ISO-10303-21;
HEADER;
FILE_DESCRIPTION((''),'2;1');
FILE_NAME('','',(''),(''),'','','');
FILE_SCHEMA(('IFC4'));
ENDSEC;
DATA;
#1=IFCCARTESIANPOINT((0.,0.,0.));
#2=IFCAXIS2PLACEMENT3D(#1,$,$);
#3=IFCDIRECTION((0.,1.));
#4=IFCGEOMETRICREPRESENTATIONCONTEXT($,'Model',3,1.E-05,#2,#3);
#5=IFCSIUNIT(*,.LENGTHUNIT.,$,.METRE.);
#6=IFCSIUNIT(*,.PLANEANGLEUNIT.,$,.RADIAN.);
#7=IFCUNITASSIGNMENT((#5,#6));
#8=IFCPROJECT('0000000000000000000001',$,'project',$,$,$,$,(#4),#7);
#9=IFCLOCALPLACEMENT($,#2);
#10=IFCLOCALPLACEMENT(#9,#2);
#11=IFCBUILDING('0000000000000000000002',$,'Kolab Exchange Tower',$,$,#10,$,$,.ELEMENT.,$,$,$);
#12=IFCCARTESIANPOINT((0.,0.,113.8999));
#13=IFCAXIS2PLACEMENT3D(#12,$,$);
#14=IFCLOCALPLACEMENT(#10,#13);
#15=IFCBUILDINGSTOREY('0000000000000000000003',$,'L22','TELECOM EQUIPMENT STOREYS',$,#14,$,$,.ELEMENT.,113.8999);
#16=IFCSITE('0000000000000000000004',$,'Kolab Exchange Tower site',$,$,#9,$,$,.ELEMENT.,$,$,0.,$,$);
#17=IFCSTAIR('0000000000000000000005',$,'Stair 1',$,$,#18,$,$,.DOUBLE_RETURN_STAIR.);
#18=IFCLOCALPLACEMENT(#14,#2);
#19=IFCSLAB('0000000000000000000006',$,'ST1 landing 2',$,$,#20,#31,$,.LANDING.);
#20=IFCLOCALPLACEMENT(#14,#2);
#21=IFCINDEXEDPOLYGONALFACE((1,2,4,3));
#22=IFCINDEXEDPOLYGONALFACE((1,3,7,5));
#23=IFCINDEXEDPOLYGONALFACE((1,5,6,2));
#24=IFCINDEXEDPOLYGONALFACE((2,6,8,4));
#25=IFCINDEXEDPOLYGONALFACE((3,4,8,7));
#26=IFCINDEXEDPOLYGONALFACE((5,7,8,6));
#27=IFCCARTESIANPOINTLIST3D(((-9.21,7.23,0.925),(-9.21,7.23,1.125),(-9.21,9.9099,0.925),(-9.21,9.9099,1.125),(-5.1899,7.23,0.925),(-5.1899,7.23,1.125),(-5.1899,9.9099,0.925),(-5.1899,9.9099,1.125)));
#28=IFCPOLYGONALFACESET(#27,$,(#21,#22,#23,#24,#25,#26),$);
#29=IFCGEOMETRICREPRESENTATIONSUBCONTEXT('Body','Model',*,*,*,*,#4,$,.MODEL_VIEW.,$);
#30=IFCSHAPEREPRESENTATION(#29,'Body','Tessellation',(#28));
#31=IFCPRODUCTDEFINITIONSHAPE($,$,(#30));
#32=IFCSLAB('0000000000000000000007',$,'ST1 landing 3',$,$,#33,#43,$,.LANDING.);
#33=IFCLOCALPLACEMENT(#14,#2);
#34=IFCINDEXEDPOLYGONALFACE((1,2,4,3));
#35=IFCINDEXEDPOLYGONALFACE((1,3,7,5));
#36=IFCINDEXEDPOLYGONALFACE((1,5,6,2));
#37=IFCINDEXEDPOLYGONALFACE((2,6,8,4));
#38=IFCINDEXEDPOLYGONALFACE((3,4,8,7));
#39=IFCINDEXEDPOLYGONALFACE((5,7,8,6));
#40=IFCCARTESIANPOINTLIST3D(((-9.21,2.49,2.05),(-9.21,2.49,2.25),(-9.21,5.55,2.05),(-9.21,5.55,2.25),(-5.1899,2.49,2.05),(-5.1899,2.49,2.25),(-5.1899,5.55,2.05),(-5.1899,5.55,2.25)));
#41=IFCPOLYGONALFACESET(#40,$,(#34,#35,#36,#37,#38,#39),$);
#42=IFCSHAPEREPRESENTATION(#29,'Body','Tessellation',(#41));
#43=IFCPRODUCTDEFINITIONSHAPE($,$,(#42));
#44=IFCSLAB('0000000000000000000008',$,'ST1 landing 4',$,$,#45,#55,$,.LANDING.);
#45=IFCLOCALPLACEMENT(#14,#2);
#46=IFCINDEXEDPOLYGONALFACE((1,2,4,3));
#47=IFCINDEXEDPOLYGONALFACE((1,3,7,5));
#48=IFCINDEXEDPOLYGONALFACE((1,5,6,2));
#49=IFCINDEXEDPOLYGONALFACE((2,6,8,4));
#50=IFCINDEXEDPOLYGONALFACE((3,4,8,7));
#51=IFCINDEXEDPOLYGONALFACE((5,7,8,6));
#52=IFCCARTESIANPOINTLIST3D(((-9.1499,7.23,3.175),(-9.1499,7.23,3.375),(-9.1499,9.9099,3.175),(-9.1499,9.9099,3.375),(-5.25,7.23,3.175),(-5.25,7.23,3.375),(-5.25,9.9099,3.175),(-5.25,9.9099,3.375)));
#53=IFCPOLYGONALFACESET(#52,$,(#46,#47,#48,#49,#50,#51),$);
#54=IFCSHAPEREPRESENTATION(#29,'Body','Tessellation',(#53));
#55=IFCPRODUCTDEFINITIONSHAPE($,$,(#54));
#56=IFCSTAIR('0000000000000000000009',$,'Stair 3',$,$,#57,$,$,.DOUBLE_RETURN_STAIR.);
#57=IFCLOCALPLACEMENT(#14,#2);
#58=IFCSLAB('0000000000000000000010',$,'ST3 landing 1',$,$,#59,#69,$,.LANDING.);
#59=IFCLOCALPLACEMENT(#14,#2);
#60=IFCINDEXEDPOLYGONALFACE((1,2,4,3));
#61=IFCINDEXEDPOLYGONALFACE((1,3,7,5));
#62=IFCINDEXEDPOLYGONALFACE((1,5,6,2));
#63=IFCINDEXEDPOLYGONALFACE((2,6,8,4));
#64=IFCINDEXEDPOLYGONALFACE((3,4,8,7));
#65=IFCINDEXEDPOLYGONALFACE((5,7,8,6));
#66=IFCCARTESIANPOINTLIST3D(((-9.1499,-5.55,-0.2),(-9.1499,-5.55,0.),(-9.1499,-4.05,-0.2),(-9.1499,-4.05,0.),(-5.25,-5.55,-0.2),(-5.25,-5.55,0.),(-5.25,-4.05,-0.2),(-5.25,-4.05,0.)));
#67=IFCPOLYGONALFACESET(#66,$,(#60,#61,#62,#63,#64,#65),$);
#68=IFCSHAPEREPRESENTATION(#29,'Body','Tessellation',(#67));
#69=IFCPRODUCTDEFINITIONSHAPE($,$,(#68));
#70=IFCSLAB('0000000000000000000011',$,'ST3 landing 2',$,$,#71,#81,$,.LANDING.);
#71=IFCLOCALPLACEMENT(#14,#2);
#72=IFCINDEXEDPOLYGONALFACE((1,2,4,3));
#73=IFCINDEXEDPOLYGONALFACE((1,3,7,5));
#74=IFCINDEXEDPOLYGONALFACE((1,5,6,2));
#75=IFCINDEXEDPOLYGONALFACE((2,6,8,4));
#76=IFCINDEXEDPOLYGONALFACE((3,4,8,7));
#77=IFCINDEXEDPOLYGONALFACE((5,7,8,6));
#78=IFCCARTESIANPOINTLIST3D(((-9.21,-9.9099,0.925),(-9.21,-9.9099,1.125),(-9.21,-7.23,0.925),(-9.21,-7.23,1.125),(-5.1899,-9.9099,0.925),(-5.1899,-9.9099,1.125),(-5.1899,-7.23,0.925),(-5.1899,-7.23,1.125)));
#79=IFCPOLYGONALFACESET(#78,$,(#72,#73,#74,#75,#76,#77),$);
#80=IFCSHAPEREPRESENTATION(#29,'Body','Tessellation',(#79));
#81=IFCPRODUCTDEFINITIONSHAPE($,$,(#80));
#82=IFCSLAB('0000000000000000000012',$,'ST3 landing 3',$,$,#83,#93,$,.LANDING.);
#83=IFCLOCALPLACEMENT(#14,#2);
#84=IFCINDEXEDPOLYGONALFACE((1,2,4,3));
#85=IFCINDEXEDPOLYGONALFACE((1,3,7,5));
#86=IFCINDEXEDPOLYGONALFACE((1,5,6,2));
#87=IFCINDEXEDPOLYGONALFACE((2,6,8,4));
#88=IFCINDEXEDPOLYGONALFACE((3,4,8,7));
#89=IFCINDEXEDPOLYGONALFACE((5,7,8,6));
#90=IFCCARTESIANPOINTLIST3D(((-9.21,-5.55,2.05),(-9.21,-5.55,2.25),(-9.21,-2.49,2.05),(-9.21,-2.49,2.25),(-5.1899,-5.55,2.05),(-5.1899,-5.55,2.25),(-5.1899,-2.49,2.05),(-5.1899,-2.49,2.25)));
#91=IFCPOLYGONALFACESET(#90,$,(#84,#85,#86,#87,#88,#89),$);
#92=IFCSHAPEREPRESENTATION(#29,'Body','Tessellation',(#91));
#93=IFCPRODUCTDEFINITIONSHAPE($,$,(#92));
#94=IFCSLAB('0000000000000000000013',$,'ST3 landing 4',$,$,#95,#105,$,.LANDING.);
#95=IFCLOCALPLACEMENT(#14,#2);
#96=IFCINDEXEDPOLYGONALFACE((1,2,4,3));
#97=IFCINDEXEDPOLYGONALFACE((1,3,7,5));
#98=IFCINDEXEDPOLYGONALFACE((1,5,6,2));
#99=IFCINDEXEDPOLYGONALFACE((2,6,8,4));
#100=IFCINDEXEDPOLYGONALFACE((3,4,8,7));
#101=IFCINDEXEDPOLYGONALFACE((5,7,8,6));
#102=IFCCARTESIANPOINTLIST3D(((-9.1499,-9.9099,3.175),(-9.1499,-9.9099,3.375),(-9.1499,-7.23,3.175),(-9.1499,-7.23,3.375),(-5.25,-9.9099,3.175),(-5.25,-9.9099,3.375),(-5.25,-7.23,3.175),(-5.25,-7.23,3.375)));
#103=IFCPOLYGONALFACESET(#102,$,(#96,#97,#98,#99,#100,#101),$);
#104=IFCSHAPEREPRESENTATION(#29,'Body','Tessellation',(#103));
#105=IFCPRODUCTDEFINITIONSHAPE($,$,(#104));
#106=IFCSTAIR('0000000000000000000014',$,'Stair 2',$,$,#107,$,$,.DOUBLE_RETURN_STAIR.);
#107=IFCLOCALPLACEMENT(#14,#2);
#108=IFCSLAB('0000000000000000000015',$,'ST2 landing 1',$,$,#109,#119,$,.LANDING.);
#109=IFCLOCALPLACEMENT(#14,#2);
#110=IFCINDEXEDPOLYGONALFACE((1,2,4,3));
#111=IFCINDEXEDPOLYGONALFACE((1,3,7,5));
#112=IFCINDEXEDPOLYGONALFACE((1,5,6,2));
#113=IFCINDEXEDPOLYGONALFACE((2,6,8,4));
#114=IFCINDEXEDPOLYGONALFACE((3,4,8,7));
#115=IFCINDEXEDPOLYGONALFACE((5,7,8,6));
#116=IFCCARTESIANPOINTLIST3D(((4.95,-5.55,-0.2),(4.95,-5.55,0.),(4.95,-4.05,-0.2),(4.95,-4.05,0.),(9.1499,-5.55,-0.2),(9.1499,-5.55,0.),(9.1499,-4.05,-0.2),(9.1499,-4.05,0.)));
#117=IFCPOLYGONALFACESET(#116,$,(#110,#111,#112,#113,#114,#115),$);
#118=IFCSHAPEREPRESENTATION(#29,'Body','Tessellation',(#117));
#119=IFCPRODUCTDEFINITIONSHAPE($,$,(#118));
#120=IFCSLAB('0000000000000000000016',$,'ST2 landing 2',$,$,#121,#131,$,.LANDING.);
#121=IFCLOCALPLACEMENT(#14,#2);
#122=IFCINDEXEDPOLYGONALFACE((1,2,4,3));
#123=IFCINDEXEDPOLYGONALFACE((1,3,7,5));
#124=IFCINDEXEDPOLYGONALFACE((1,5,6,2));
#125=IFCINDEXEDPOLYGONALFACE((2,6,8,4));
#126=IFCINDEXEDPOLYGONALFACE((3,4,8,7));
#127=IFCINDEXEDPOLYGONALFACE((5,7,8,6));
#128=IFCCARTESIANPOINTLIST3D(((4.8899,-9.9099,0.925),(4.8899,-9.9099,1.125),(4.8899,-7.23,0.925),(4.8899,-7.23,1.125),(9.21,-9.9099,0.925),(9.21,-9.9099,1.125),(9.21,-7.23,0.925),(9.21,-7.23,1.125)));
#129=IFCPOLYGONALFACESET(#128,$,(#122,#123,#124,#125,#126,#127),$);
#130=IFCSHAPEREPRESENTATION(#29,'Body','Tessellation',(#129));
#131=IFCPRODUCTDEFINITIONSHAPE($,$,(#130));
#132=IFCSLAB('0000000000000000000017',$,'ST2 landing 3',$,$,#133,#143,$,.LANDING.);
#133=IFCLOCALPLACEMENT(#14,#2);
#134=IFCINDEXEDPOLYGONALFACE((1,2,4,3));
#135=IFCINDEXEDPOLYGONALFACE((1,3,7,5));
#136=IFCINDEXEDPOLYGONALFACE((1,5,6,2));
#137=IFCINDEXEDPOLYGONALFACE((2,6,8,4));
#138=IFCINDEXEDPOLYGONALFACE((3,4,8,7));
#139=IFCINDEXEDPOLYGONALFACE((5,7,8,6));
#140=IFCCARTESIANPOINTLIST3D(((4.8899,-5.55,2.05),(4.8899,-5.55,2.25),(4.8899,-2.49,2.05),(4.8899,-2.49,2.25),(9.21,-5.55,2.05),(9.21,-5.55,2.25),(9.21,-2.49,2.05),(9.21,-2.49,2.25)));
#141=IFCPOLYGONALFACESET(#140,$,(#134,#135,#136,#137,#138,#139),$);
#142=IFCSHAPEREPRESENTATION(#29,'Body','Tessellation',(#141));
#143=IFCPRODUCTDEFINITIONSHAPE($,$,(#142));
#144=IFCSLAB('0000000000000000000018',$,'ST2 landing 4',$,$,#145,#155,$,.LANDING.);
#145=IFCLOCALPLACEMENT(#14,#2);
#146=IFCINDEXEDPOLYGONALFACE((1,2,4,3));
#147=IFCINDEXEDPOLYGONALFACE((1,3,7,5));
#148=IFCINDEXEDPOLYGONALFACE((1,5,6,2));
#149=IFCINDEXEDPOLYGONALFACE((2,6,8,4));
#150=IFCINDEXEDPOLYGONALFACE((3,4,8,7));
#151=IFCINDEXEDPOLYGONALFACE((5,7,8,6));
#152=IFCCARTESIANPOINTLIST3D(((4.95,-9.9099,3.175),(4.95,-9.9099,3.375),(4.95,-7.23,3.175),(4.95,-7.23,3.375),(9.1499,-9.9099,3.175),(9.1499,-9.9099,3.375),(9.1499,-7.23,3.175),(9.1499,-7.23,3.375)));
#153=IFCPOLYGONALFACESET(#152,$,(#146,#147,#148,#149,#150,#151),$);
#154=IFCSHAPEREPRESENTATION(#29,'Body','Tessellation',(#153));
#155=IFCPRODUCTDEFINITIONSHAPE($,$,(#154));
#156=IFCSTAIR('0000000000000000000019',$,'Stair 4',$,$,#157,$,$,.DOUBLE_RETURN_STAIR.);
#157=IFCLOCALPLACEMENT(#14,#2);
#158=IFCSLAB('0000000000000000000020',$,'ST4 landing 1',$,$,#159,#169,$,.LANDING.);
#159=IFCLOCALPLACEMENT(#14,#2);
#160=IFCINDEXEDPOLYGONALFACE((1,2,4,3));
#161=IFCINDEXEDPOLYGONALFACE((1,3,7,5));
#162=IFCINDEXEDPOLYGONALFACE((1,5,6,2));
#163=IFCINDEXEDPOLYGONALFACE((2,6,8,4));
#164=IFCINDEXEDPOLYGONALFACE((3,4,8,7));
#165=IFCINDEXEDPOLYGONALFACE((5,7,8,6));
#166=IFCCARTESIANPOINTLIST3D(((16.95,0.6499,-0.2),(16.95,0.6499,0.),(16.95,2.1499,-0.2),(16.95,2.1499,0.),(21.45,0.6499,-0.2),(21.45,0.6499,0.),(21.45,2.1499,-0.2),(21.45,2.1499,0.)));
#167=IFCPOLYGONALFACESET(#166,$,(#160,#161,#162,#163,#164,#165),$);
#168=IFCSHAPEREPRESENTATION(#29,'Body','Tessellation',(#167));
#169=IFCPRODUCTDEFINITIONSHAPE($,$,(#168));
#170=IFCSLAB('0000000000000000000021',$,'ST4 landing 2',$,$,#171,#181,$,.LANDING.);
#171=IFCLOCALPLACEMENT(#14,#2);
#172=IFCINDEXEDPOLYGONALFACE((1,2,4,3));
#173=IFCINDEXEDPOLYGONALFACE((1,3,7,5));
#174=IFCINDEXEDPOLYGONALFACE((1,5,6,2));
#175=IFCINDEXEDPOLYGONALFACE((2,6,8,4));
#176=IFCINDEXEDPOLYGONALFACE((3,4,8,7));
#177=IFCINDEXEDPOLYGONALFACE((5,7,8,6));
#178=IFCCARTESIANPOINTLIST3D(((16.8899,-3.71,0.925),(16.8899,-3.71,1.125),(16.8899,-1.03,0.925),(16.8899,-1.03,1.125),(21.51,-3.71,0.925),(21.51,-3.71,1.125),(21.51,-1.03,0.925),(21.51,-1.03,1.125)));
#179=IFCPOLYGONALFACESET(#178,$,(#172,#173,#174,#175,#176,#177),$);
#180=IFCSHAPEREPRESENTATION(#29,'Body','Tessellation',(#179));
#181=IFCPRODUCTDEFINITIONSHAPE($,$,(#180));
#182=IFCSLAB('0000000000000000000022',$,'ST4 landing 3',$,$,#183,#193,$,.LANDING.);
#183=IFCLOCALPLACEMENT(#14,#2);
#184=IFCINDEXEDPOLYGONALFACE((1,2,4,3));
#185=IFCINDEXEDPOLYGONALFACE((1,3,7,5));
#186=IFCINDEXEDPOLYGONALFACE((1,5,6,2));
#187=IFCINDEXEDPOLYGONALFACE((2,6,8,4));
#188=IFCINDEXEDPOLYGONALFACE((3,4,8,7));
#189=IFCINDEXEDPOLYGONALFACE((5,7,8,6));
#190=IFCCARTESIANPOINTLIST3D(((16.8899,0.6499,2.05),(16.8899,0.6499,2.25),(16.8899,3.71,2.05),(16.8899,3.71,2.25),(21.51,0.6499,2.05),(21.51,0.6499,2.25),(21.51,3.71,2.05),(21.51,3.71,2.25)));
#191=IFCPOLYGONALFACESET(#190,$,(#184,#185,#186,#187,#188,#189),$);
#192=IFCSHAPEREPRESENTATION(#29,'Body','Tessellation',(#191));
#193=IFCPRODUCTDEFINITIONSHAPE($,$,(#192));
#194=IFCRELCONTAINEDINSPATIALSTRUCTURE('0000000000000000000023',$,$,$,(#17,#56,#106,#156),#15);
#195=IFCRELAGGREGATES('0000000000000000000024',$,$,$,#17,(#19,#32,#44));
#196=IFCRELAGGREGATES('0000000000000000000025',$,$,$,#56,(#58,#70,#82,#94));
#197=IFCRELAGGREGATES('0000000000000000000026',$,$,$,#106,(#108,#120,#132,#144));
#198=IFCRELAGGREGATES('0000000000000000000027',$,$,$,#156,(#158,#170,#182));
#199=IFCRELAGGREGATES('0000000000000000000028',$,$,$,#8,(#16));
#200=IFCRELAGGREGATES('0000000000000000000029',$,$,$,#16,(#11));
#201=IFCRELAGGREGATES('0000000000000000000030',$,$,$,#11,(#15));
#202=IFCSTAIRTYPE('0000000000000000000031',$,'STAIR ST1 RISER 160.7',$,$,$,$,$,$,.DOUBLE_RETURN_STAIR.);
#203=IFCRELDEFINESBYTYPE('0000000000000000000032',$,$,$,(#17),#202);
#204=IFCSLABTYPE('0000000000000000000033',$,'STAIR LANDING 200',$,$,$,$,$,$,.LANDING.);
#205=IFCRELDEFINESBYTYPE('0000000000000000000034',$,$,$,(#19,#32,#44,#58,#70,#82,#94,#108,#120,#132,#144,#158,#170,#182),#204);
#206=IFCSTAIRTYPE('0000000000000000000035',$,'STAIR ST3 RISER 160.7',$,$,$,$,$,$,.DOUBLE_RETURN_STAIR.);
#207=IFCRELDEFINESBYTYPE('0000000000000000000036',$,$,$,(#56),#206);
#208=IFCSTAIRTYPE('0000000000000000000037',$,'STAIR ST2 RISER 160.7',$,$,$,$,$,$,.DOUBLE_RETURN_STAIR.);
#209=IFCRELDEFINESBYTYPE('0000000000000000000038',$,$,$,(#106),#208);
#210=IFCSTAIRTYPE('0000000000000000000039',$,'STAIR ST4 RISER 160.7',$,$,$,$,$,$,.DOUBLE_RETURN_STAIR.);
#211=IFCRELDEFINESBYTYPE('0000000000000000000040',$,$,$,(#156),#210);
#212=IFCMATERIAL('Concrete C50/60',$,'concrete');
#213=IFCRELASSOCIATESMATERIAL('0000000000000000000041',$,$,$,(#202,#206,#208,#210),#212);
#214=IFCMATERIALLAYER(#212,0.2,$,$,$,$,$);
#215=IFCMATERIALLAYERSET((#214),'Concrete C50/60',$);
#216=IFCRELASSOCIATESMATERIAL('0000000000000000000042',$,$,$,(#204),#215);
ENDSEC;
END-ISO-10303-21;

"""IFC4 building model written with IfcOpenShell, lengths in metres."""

from ifc_helpers import new_model, si_unit, direction, frame, origin, place, context, subcontext, project, spatial, polyline, outline, extrude, material, layer, layer_set, type_object, element, aggregate, save


model = new_model("IFC4")

# Units and contexts
model_context = context("Model", 3, precision=1e-05, world=origin(), true_north=direction((0.0, 1.0)))
body_context = subcontext(model_context, "Body", "Model", "MODEL_VIEW")
ifc_project = project(units=[si_unit("LENGTHUNIT", "METRE"), si_unit("PLANEANGLEUNIT", "RADIAN")], contexts=[model_context])

# Site, building, storey
site_placement = place(None, origin())
site = spatial("IfcSite", under=ifc_project, at=site_placement, Name="Kolab Exchange Tower site", CompositionType="ELEMENT", RefElevation=0.0)
building_placement = place(site_placement, origin())
building = spatial("IfcBuilding", under=site, at=building_placement, Name="Kolab Exchange Tower", CompositionType="ELEMENT")
storey_placement = place(building_placement, frame((0.0, 0.0, 113.8999)))
storey = spatial("IfcBuildingStorey", under=building, at=storey_placement, Name="L22", Description="TELECOM EQUIPMENT STOREYS", CompositionType="ELEMENT", Elevation=113.8999)

# Stairs, slabs
ifc_material_1 = material(Name="Concrete C50/60", Category="concrete")
stair_type_1 = type_object("IfcStairType", Name="STAIR ST1 RISER 160.7", PredefinedType="DOUBLE_RETURN_STAIR", material=ifc_material_1)
stair_1_placement = place(storey_placement, origin())
stair_1 = element("IfcStair", 1, at=stair_1_placement, inside=storey, type_object=stair_type_1, Name="Stair 1", PredefinedType="DOUBLE_RETURN_STAIR")
ifc_layer_1 = layer(ifc_material_1, 0.2)
ifc_layer_set_1 = layer_set([ifc_layer_1], Name="Concrete C50/60")
slab_type_1 = type_object("IfcSlabType", Name="STAIR LANDING 200", PredefinedType="LANDING", material=ifc_layer_set_1)
slab_1_placement = place(storey_placement, frame((0.0, 0.0, 0.925)))
slab_1 = element("IfcSlab", 2, at=slab_1_placement, type_object=slab_type_1, Name="ST1 landing 2", PredefinedType="LANDING", context=body_context, shape_type="SweptSolid", body=[
    extrude(outline(polyline([(-9.21, 7.23), (-5.1899, 7.23), (-5.1899, 9.9099), (-9.21, 9.9099), (-9.21, 7.23)])), origin(), (0.0, 0.0, 1.0), 0.2),
])
slab_2_placement = place(storey_placement, frame((0.0, 0.0, 2.05)))
slab_2 = element("IfcSlab", 3, at=slab_2_placement, type_object=slab_type_1, Name="ST1 landing 3", PredefinedType="LANDING", context=body_context, shape_type="SweptSolid", body=[
    extrude(outline(polyline([(-9.21, 2.49), (-5.1899, 2.49), (-5.1899, 5.55), (-9.21, 5.55), (-9.21, 2.49)])), origin(), (0.0, 0.0, 1.0), 0.2),
])
slab_3_placement = place(storey_placement, frame((0.0, 0.0, 3.175)))
slab_3 = element("IfcSlab", 4, at=slab_3_placement, type_object=slab_type_1, Name="ST1 landing 4", PredefinedType="LANDING", context=body_context, shape_type="SweptSolid", body=[
    extrude(outline(polyline([(-9.1499, 7.23), (-5.25, 7.23), (-5.25, 9.9099), (-9.1499, 9.9099), (-9.1499, 7.23)])), origin(), (0.0, 0.0, 1.0), 0.2),
])
aggregate(stair_1, [slab_1, slab_2, slab_3])
stair_type_2 = type_object("IfcStairType", Name="STAIR ST3 RISER 160.7", PredefinedType="DOUBLE_RETURN_STAIR", material=ifc_material_1)
stair_2_placement = place(storey_placement, origin())
stair_2 = element("IfcStair", 5, at=stair_2_placement, inside=storey, type_object=stair_type_2, Name="Stair 3", PredefinedType="DOUBLE_RETURN_STAIR")
slab_4_placement = place(storey_placement, frame((0.0, 0.0, -0.2)))
slab_4 = element("IfcSlab", 6, at=slab_4_placement, type_object=slab_type_1, Name="ST3 landing 1", PredefinedType="LANDING", context=body_context, shape_type="SweptSolid", body=[
    extrude(outline(polyline([(-9.1499, -5.55), (-5.25, -5.55), (-5.25, -4.05), (-9.1499, -4.05), (-9.1499, -5.55)])), origin(), (0.0, 0.0, 1.0), 0.2),
])
slab_5_placement = place(storey_placement, frame((0.0, 0.0, 0.925)))
slab_5 = element("IfcSlab", 7, at=slab_5_placement, type_object=slab_type_1, Name="ST3 landing 2", PredefinedType="LANDING", context=body_context, shape_type="SweptSolid", body=[
    extrude(outline(polyline([(-9.21, -9.9099), (-5.1899, -9.9099), (-5.1899, -7.23), (-9.21, -7.23), (-9.21, -9.9099)])), origin(), (0.0, 0.0, 1.0), 0.2),
])
slab_6_placement = place(storey_placement, frame((0.0, 0.0, 2.05)))
slab_6 = element("IfcSlab", 8, at=slab_6_placement, type_object=slab_type_1, Name="ST3 landing 3", PredefinedType="LANDING", context=body_context, shape_type="SweptSolid", body=[
    extrude(outline(polyline([(-9.21, -5.55), (-5.1899, -5.55), (-5.1899, -2.49), (-9.21, -2.49), (-9.21, -5.55)])), origin(), (0.0, 0.0, 1.0), 0.2),
])
slab_7_placement = place(storey_placement, frame((0.0, 0.0, 3.175)))
slab_7 = element("IfcSlab", 9, at=slab_7_placement, type_object=slab_type_1, Name="ST3 landing 4", PredefinedType="LANDING", context=body_context, shape_type="SweptSolid", body=[
    extrude(outline(polyline([(-9.1499, -9.9099), (-5.25, -9.9099), (-5.25, -7.23), (-9.1499, -7.23), (-9.1499, -9.9099)])), origin(), (0.0, 0.0, 1.0), 0.2),
])
aggregate(stair_2, [slab_4, slab_5, slab_6, slab_7])
stair_type_3 = type_object("IfcStairType", Name="STAIR ST2 RISER 160.7", PredefinedType="DOUBLE_RETURN_STAIR", material=ifc_material_1)
stair_3_placement = place(storey_placement, origin())
stair_3 = element("IfcStair", 10, at=stair_3_placement, inside=storey, type_object=stair_type_3, Name="Stair 2", PredefinedType="DOUBLE_RETURN_STAIR")
slab_8_placement = place(storey_placement, frame((0.0, 0.0, -0.2)))
slab_8 = element("IfcSlab", 11, at=slab_8_placement, type_object=slab_type_1, Name="ST2 landing 1", PredefinedType="LANDING", context=body_context, shape_type="SweptSolid", body=[
    extrude(outline(polyline([(4.95, -5.55), (9.1499, -5.55), (9.1499, -4.05), (4.95, -4.05), (4.95, -5.55)])), origin(), (0.0, 0.0, 1.0), 0.2),
])
slab_9_placement = place(storey_placement, frame((0.0, 0.0, 0.925)))
slab_9 = element("IfcSlab", 12, at=slab_9_placement, type_object=slab_type_1, Name="ST2 landing 2", PredefinedType="LANDING", context=body_context, shape_type="SweptSolid", body=[
    extrude(outline(polyline([(4.8899, -9.9099), (9.21, -9.9099), (9.21, -7.23), (4.8899, -7.23), (4.8899, -9.9099)])), origin(), (0.0, 0.0, 1.0), 0.2),
])
slab_10_placement = place(storey_placement, frame((0.0, 0.0, 2.05)))
slab_10 = element("IfcSlab", 13, at=slab_10_placement, type_object=slab_type_1, Name="ST2 landing 3", PredefinedType="LANDING", context=body_context, shape_type="SweptSolid", body=[
    extrude(outline(polyline([(4.8899, -5.55), (9.21, -5.55), (9.21, -2.49), (4.8899, -2.49), (4.8899, -5.55)])), origin(), (0.0, 0.0, 1.0), 0.2),
])
slab_11_placement = place(storey_placement, frame((0.0, 0.0, 3.175)))
slab_11 = element("IfcSlab", 14, at=slab_11_placement, type_object=slab_type_1, Name="ST2 landing 4", PredefinedType="LANDING", context=body_context, shape_type="SweptSolid", body=[
    extrude(outline(polyline([(4.95, -9.9099), (9.1499, -9.9099), (9.1499, -7.23), (4.95, -7.23), (4.95, -9.9099)])), origin(), (0.0, 0.0, 1.0), 0.2),
])
aggregate(stair_3, [slab_8, slab_9, slab_10, slab_11])
stair_type_4 = type_object("IfcStairType", Name="STAIR ST4 RISER 160.7", PredefinedType="DOUBLE_RETURN_STAIR", material=ifc_material_1)
stair_4_placement = place(storey_placement, origin())
stair_4 = element("IfcStair", 15, at=stair_4_placement, inside=storey, type_object=stair_type_4, Name="Stair 4", PredefinedType="DOUBLE_RETURN_STAIR")
slab_12_placement = place(storey_placement, frame((0.0, 0.0, -0.2)))
slab_12 = element("IfcSlab", 16, at=slab_12_placement, type_object=slab_type_1, Name="ST4 landing 1", PredefinedType="LANDING", context=body_context, shape_type="SweptSolid", body=[
    extrude(outline(polyline([(16.95, 0.6499), (21.45, 0.6499), (21.45, 2.1499), (16.95, 2.1499), (16.95, 0.6499)])), origin(), (0.0, 0.0, 1.0), 0.2),
])
slab_13_placement = place(storey_placement, frame((0.0, 0.0, 0.925)))
slab_13 = element("IfcSlab", 17, at=slab_13_placement, type_object=slab_type_1, Name="ST4 landing 2", PredefinedType="LANDING", context=body_context, shape_type="SweptSolid", body=[
    extrude(outline(polyline([(16.8899, -3.71), (21.51, -3.71), (21.51, -1.03), (16.8899, -1.03), (16.8899, -3.71)])), origin(), (0.0, 0.0, 1.0), 0.2),
])
slab_14_placement = place(storey_placement, frame((0.0, 0.0, 2.05)))
slab_14 = element("IfcSlab", 18, at=slab_14_placement, type_object=slab_type_1, Name="ST4 landing 3", PredefinedType="LANDING", context=body_context, shape_type="SweptSolid", body=[
    extrude(outline(polyline([(16.8899, 0.6499), (21.51, 0.6499), (21.51, 3.71), (16.8899, 3.71), (16.8899, 0.6499)])), origin(), (0.0, 0.0, 1.0), 0.2),
])
aggregate(stair_4, [slab_12, slab_13, slab_14])

save(model, "model.ifc")
